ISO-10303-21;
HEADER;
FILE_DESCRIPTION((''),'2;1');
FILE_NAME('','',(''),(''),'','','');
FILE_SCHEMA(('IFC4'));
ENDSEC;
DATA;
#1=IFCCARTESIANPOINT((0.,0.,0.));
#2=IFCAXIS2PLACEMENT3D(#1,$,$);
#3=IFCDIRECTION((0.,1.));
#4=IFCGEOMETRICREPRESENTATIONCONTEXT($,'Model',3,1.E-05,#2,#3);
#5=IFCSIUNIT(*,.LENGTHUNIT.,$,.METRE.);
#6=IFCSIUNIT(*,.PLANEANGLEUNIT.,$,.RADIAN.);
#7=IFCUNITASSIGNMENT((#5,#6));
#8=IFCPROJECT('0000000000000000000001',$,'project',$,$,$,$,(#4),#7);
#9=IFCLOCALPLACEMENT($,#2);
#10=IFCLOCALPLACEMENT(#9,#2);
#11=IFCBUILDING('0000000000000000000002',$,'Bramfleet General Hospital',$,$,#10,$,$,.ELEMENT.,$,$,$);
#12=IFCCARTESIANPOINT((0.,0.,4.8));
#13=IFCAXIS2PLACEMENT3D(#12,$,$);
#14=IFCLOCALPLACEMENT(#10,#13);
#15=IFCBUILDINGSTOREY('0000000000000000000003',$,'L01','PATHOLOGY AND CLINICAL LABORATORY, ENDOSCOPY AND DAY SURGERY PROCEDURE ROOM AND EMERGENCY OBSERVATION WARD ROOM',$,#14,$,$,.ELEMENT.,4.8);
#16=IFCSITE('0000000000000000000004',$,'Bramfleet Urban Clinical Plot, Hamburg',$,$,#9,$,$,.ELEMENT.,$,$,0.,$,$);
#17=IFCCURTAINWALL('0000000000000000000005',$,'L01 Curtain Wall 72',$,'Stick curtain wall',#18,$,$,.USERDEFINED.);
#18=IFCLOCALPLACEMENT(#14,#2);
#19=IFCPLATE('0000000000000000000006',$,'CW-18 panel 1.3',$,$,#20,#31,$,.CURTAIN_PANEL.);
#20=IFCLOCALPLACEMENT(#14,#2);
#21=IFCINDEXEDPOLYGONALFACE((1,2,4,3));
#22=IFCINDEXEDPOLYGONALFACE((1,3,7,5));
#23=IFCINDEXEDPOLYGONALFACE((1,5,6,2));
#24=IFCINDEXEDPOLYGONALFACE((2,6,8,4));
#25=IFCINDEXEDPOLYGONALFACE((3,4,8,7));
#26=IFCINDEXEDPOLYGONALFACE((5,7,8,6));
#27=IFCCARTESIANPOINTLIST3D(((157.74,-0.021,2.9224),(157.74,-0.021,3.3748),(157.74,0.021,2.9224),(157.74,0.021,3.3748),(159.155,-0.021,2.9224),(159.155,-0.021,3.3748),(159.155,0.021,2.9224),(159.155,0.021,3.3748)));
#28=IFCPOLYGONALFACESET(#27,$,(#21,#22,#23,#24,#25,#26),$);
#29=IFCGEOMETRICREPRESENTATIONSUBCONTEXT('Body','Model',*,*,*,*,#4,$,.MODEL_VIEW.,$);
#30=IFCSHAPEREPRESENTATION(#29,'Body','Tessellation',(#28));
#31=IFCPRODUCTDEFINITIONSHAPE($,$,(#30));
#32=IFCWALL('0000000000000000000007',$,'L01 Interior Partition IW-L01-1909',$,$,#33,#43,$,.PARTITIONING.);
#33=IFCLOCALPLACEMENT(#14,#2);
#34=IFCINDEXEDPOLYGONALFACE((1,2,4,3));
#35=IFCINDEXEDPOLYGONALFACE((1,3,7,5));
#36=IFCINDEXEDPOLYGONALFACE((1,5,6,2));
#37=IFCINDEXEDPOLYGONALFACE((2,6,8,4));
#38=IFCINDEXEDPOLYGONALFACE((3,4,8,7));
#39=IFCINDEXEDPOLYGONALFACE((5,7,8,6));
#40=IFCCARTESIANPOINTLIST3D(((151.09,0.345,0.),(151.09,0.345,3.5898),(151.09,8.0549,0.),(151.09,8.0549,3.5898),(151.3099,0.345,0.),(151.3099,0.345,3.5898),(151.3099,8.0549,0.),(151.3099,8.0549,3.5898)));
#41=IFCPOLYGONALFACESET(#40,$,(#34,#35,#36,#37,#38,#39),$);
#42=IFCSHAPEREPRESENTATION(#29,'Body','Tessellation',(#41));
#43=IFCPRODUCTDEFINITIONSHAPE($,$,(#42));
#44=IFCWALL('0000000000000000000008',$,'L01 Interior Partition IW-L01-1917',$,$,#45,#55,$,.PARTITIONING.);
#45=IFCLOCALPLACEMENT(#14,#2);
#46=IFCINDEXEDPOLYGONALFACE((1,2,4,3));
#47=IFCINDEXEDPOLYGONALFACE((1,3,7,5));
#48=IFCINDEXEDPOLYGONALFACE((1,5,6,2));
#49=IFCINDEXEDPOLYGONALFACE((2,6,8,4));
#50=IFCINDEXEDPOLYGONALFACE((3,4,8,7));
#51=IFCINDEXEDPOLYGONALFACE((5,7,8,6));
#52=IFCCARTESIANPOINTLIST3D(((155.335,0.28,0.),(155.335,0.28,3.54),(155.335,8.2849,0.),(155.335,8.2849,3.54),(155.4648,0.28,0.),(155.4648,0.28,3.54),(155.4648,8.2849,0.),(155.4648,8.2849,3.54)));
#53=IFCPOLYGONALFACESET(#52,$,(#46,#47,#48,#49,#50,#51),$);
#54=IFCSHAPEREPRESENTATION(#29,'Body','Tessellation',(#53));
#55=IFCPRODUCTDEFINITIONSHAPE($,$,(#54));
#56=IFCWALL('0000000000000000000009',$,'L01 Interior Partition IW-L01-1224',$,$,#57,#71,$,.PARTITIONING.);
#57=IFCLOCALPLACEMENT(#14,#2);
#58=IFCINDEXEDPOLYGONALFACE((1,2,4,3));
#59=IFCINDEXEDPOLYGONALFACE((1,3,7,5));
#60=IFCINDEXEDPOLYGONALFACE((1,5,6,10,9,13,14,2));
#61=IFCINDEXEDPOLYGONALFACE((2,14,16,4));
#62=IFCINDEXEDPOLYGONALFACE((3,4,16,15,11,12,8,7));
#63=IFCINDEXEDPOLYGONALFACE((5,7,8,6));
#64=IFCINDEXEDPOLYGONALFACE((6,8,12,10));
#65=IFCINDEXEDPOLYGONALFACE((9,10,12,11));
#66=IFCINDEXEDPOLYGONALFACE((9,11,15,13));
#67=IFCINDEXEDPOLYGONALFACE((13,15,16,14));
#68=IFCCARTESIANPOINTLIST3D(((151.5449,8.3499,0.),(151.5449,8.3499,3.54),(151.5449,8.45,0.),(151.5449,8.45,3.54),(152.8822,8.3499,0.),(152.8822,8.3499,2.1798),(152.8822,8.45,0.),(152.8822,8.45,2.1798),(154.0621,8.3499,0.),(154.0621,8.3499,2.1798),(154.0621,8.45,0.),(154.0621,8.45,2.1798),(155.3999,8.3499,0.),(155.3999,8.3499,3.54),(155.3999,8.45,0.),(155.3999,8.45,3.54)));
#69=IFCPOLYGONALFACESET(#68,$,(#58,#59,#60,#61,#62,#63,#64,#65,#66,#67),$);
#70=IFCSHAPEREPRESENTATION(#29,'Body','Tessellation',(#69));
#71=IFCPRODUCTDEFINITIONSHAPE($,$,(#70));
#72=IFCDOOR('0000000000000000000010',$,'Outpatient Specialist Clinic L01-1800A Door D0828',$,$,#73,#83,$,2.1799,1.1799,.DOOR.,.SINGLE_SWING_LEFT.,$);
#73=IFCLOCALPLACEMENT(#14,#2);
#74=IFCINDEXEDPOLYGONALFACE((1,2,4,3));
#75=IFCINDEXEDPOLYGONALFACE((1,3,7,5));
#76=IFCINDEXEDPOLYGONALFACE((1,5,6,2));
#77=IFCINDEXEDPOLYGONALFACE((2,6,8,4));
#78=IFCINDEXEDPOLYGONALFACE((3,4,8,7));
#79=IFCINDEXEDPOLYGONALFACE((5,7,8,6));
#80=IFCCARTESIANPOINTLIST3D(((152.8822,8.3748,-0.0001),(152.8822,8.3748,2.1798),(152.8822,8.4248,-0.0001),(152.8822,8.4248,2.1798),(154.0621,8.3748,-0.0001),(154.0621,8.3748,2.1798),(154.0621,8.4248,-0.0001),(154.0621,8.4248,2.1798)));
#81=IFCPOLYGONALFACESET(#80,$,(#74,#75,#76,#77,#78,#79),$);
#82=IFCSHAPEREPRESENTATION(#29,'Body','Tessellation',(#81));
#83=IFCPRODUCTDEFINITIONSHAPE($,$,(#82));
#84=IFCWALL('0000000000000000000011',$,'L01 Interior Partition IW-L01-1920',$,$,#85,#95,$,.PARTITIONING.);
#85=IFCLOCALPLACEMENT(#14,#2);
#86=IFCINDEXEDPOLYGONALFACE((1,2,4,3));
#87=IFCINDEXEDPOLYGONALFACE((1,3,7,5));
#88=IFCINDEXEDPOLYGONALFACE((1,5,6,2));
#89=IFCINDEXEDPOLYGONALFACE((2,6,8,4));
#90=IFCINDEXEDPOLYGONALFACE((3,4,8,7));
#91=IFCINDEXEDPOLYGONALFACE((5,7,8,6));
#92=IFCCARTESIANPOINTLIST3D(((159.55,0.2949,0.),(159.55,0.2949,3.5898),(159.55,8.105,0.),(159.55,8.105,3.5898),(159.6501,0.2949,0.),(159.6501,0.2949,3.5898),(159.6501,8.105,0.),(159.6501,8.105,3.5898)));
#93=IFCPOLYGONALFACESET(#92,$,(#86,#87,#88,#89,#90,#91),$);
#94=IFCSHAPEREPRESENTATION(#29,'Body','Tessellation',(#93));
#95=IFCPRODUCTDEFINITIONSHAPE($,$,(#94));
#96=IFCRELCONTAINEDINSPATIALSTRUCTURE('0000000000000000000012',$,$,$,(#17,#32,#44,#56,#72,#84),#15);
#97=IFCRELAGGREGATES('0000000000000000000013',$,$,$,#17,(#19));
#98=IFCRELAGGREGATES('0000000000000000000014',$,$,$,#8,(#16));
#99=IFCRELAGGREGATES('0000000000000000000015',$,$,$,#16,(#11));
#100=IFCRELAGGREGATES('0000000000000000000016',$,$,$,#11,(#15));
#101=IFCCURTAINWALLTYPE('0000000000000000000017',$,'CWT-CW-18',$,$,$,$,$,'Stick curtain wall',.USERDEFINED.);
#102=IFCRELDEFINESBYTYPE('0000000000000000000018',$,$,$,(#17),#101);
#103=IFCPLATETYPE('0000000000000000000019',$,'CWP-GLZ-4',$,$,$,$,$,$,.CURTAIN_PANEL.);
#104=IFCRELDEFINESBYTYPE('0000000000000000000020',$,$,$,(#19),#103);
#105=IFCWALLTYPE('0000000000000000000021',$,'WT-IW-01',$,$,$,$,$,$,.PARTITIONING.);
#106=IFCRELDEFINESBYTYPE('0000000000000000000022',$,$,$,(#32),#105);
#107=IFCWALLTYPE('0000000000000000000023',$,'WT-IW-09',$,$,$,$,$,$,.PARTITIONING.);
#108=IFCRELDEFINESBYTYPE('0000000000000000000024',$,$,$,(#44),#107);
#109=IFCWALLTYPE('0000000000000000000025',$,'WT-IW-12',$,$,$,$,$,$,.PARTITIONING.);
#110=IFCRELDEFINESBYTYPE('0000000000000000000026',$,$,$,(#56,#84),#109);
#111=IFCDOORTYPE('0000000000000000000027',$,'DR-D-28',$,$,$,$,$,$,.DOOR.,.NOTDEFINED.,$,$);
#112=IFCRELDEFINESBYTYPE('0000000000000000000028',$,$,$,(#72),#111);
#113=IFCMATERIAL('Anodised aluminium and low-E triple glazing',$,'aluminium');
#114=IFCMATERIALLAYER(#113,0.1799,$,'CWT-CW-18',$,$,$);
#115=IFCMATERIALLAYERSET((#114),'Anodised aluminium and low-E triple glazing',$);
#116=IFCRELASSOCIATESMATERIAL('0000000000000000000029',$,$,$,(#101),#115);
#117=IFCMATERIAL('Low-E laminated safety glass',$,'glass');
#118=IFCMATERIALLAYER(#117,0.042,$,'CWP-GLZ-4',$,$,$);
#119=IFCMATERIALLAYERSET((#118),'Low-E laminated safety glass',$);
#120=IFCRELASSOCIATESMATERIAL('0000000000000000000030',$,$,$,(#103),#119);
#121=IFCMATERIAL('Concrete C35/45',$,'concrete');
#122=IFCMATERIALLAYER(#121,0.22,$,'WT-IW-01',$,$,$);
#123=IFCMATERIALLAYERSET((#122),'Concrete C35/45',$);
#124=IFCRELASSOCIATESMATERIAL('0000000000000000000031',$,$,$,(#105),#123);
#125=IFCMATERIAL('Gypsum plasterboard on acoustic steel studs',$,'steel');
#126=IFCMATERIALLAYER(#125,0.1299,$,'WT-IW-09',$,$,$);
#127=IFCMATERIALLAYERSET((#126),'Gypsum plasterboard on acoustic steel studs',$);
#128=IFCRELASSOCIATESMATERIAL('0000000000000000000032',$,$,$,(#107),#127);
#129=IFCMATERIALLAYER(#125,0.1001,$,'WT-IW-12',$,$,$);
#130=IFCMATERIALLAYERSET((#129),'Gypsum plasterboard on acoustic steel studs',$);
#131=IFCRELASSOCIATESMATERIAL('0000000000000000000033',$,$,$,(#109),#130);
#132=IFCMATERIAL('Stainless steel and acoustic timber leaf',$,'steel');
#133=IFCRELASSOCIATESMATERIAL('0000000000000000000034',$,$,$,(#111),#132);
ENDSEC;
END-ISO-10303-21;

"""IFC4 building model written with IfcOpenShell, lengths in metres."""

from ifc_helpers import new_model, si_unit, direction, frame, frame_2d, origin, origin_2d, place, context, subcontext, project, spatial, rectangle, extrude, material, layer, layer_set, type_object, element, fill, aggregate, save


model = new_model("IFC4")

# Units and contexts
model_context = context("Model", 3, precision=1e-05, world=origin(), true_north=direction((0.0, 1.0)))
body_context = subcontext(model_context, "Body", "Model", "MODEL_VIEW")
ifc_project = project(units=[si_unit("LENGTHUNIT", "METRE"), si_unit("PLANEANGLEUNIT", "RADIAN")], contexts=[model_context])

# Site, building, storey
site_placement = place(None, origin())
site = spatial("IfcSite", under=ifc_project, at=site_placement, Name="Bramfleet Urban Clinical Plot, Hamburg", CompositionType="ELEMENT", RefElevation=0.0)
building_placement = place(site_placement, origin())
building = spatial("IfcBuilding", under=site, at=building_placement, Name="Bramfleet General Hospital", CompositionType="ELEMENT")
storey_placement = place(building_placement, frame((0.0, 0.0, 4.8)))
storey = spatial("IfcBuildingStorey", under=building, at=storey_placement, Name="L01", Description="PATHOLOGY AND CLINICAL LABORATORY, ENDOSCOPY AND DAY SURGERY PROCEDURE ROOM AND EMERGENCY OBSERVATION WARD ROOM", CompositionType="ELEMENT", Elevation=4.8)

# Shared definitions
ifc_material_1 = material(Name="Concrete C35/45", Category="concrete")

# Curtain wall, plate
ifc_material_2 = material(Name="Anodised aluminium and low-E triple glazing", Category="aluminium")
ifc_layer_1 = layer(ifc_material_2, 0.1799, Name="CWT-CW-18")
ifc_layer_set_1 = layer_set([ifc_layer_1], Name="Anodised aluminium and low-E triple glazing")
curtain_wall_type = type_object("IfcCurtainWallType", Name="CWT-CW-18", ElementType="Stick curtain wall", PredefinedType="USERDEFINED", material=ifc_layer_set_1)
curtain_wall_placement = place(storey_placement, origin())
curtain_wall = element("IfcCurtainWall", 1, at=curtain_wall_placement, inside=storey, type_object=curtain_wall_type, Name="L01 Curtain Wall 72", ObjectType="Stick curtain wall", PredefinedType="USERDEFINED")
ifc_material_3 = material(Name="Low-E laminated safety glass", Category="glass")
ifc_layer_2 = layer(ifc_material_3, 0.042, Name="CWP-GLZ-4")
ifc_layer_set_2 = layer_set([ifc_layer_2], Name="Low-E laminated safety glass")
plate_type = type_object("IfcPlateType", Name="CWP-GLZ-4", PredefinedType="CURTAIN_PANEL", material=ifc_layer_set_2)
plate_1_placement = place(storey_placement, frame((158.4475, 0.0, 2.9224), z_axis=(0.0, 0.0, 1.0), x_axis=(-1.0, 0.0, 0.0)))
plate_1 = element("IfcPlate", 2, at=plate_1_placement, type_object=plate_type, Name="CW-18 panel 1.3", PredefinedType="CURTAIN_PANEL", context=body_context, shape_type="SweptSolid", body=[
    extrude(rectangle(XDim=1.415, YDim=0.042, at=origin_2d()), origin(), (0.0, 0.0, 1.0), 0.4524),
])
aggregate(curtain_wall, [plate_1])

# Walls
ifc_layer_3 = layer(ifc_material_1, 0.22, Name="WT-IW-01")
ifc_layer_set_3 = layer_set([ifc_layer_3], Name="Concrete C35/45")
wall_type_1 = type_object("IfcWallType", Name="WT-IW-01", PredefinedType="PARTITIONING", material=ifc_layer_set_3)
wall_1_placement = place(storey_placement, frame((151.2, 0.345, 0.0), z_axis=(0.0, 0.0, 1.0), x_axis=(0.0, 1.0, 0.0)))
element("IfcWall", 3, at=wall_1_placement, inside=storey, type_object=wall_type_1, Name="L01 Interior Partition IW-L01-1909", PredefinedType="PARTITIONING", context=body_context, shape_type="SweptSolid", body=[
    extrude(rectangle(XDim=7.71, YDim=0.22, at=frame_2d((3.855, 0.0))), origin(), (0.0, 0.0, 1.0), 3.5898),
])
ifc_material_4 = material(Name="Gypsum plasterboard on acoustic steel studs", Category="steel")
ifc_layer_4 = layer(ifc_material_4, 0.1299, Name="WT-IW-09")
ifc_layer_set_4 = layer_set([ifc_layer_4], Name="Gypsum plasterboard on acoustic steel studs")
wall_type_2 = type_object("IfcWallType", Name="WT-IW-09", PredefinedType="PARTITIONING", material=ifc_layer_set_4)
wall_2_placement = place(storey_placement, frame((155.3999, 0.28, 0.0), z_axis=(0.0, 0.0, 1.0), x_axis=(0.0, 1.0, 0.0)))
element("IfcWall", 4, at=wall_2_placement, inside=storey, type_object=wall_type_2, Name="L01 Interior Partition IW-L01-1917", PredefinedType="PARTITIONING", context=body_context, shape_type="SweptSolid", body=[
    extrude(rectangle(XDim=8.0049, YDim=0.1299, at=frame_2d((4.0024, 0.0))), origin(), (0.0, 0.0, 1.0), 3.54),
])

# Wall, opening, door
ifc_layer_5 = layer(ifc_material_4, 0.1001, Name="WT-IW-12")
ifc_layer_set_5 = layer_set([ifc_layer_5], Name="Gypsum plasterboard on acoustic steel studs")
wall_type_3 = type_object("IfcWallType", Name="WT-IW-12", PredefinedType="PARTITIONING", material=ifc_layer_set_5)
wall_3_placement = place(storey_placement, frame((151.5449, 8.3999, 0.0), z_axis=(0.0, 0.0, 1.0), x_axis=(1.0, 0.0, 0.0)))
wall_3 = element("IfcWall", 5, at=wall_3_placement, inside=storey, type_object=wall_type_3, Name="L01 Interior Partition IW-L01-1224", PredefinedType="PARTITIONING", context=body_context, shape_type="SweptSolid", body=[
    extrude(rectangle(XDim=3.855, YDim=0.1001, at=frame_2d((1.9275, 0.0))), origin(), (0.0, 0.0, 1.0), 3.54),
])
opening_placement = place(wall_3_placement, frame((1.3374, 0.0, 0.0)))
opening = element("IfcOpeningElement", 6, at=opening_placement, cuts=wall_3, PredefinedType="OPENING", context=body_context, shape_type="SweptSolid", body=[
    extrude(rectangle(XDim=1.1799, YDim=2.1799, at=frame_2d((0.5898, 1.0898))), frame((0.0, 0.0601, 0.0), z_axis=(0.0, -1.0, 0.0), x_axis=(1.0, 0.0, 0.0)), (0.0, 0.0, 1.0), 0.1201),
])
ifc_material_5 = material(Name="Stainless steel and acoustic timber leaf", Category="steel")
door_type = type_object("IfcDoorType", Name="DR-D-28", OperationType="NOTDEFINED", PredefinedType="DOOR", material=ifc_material_5)
door_placement = place(opening_placement, origin())
door = element("IfcDoor", 7, at=door_placement, inside=storey, type_object=door_type, Name="Outpatient Specialist Clinic L01-1800A Door D0828", OperationType="SINGLE_SWING_LEFT", OverallHeight=2.1799, OverallWidth=1.1799, PredefinedType="DOOR", context=body_context, shape_type="SweptSolid", body=[
    extrude(rectangle(XDim=1.1799, YDim=2.1799, at=frame_2d((0.5898, 1.0898))), frame((0.0, 0.0249, 0.0), z_axis=(0.0, -1.0, 0.0), x_axis=(1.0, 0.0, 0.0)), (0.0, 0.0, 1.0), 0.05),
])
fill(opening, door)

# Wall
wall_4_placement = place(storey_placement, frame((159.6001, 0.2949, 0.0), z_axis=(0.0, 0.0, 1.0), x_axis=(0.0, 1.0, 0.0)))
element("IfcWall", 8, at=wall_4_placement, inside=storey, type_object=wall_type_3, Name="L01 Interior Partition IW-L01-1920", PredefinedType="PARTITIONING", context=body_context, shape_type="SweptSolid", body=[
    extrude(rectangle(XDim=7.8101, YDim=0.1001, at=frame_2d((3.905, 0.0))), origin(), (0.0, 0.0, 1.0), 3.5898),
])

save(model, "model.ifc")
